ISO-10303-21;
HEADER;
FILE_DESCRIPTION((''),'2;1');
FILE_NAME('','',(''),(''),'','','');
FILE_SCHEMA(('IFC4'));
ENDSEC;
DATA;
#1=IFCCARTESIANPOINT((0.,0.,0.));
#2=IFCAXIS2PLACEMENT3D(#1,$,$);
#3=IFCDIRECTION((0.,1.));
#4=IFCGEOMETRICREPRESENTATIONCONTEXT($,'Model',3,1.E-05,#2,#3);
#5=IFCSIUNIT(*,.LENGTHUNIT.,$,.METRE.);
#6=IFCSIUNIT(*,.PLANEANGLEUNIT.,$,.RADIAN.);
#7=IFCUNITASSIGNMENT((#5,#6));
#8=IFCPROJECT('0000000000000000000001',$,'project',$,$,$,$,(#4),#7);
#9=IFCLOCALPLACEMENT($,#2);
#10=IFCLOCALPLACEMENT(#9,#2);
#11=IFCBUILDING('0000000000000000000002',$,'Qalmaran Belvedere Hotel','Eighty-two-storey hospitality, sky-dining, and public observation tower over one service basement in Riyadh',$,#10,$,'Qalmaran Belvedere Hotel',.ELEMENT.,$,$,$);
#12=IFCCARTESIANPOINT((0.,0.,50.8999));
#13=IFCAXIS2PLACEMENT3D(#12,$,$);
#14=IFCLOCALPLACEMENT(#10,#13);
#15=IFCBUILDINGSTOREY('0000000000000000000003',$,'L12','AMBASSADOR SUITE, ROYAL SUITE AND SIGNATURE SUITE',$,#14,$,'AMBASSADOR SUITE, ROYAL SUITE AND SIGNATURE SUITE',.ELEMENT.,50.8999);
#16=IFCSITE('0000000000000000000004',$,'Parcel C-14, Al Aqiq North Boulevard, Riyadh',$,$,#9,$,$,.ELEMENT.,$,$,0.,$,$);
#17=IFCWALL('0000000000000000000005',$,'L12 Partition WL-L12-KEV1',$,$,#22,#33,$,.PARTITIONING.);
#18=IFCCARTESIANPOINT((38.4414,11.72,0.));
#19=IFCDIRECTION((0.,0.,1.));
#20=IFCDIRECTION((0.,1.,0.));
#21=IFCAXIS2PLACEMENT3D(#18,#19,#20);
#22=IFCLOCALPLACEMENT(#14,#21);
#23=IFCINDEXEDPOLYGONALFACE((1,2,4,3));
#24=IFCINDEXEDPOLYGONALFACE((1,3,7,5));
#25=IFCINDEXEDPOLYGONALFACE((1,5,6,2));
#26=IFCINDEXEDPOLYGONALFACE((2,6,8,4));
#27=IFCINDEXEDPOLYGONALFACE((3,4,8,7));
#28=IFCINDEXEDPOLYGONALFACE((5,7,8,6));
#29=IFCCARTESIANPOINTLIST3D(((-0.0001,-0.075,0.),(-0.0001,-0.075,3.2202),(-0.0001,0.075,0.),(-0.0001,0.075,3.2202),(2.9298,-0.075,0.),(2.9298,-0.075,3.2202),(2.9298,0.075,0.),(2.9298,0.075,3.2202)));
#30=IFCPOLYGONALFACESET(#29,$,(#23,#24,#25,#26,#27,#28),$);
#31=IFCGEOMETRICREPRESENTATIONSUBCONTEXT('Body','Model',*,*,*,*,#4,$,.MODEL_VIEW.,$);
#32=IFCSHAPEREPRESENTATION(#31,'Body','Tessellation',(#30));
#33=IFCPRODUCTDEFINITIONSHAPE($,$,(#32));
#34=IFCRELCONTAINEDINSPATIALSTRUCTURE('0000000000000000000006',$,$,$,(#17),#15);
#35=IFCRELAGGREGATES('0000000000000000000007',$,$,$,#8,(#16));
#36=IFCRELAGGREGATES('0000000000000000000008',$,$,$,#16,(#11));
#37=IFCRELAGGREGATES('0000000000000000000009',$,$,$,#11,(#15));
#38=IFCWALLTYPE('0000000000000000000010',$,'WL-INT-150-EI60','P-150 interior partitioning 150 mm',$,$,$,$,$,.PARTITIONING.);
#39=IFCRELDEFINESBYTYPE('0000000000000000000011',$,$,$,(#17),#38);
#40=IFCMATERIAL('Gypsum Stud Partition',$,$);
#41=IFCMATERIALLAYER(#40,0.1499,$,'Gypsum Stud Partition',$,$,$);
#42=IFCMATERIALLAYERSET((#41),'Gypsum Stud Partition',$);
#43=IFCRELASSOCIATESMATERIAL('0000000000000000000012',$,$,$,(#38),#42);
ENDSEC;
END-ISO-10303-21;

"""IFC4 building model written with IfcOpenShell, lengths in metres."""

from ifc_helpers import new_model, si_unit, direction, frame, frame_2d, origin, place, context, subcontext, project, spatial, rectangle, extrude, material, layer, layer_set, type_object, element, save


model = new_model("IFC4")

# Units and contexts
model_context = context("Model", 3, precision=1e-05, world=origin(), true_north=direction((0.0, 1.0)))
body_context = subcontext(model_context, "Body", "Model", "MODEL_VIEW")
ifc_project = project(units=[si_unit("LENGTHUNIT", "METRE"), si_unit("PLANEANGLEUNIT", "RADIAN")], contexts=[model_context])

# Site, building, storey
site_placement = place(None, origin())
site = spatial("IfcSite", under=ifc_project, at=site_placement, Name="Parcel C-14, Al Aqiq North Boulevard, Riyadh", CompositionType="ELEMENT", RefElevation=0.0)
building_placement = place(site_placement, origin())
building = spatial("IfcBuilding", under=site, at=building_placement, Name="Qalmaran Belvedere Hotel", Description="Eighty-two-storey hospitality, sky-dining, and public observation tower over one service basement in Riyadh", LongName="Qalmaran Belvedere Hotel", CompositionType="ELEMENT")
storey_placement = place(building_placement, frame((0.0, 0.0, 50.8999)))
storey = spatial("IfcBuildingStorey", under=building, at=storey_placement, Name="L12", Description="AMBASSADOR SUITE, ROYAL SUITE AND SIGNATURE SUITE", LongName="AMBASSADOR SUITE, ROYAL SUITE AND SIGNATURE SUITE", CompositionType="ELEMENT", Elevation=50.8999)

# Wall
ifc_material_1 = material(Name="Gypsum Stud Partition")
ifc_layer_1 = layer(ifc_material_1, 0.1499, Name="Gypsum Stud Partition")
ifc_layer_set_1 = layer_set([ifc_layer_1], Name="Gypsum Stud Partition")
wall_type_1 = type_object("IfcWallType", Name="WL-INT-150-EI60", Description="P-150 interior partitioning 150 mm", PredefinedType="PARTITIONING", material=ifc_layer_set_1)
wall_1_placement = place(storey_placement, frame((38.4414, 11.72, 0.0), z_axis=(0.0, 0.0, 1.0), x_axis=(0.0, 1.0, 0.0)))
element("IfcWall", 1, at=wall_1_placement, inside=storey, type_object=wall_type_1, Name="L12 Partition WL-L12-KEV1", PredefinedType="PARTITIONING", context=body_context, shape_type="SweptSolid", body=[
    extrude(rectangle(XDim=2.9299, YDim=0.1499, at=frame_2d((1.4648, 0.0))), origin(), (0.0, 0.0, 1.0), 3.2202),
])

save(model, "model.ifc")
